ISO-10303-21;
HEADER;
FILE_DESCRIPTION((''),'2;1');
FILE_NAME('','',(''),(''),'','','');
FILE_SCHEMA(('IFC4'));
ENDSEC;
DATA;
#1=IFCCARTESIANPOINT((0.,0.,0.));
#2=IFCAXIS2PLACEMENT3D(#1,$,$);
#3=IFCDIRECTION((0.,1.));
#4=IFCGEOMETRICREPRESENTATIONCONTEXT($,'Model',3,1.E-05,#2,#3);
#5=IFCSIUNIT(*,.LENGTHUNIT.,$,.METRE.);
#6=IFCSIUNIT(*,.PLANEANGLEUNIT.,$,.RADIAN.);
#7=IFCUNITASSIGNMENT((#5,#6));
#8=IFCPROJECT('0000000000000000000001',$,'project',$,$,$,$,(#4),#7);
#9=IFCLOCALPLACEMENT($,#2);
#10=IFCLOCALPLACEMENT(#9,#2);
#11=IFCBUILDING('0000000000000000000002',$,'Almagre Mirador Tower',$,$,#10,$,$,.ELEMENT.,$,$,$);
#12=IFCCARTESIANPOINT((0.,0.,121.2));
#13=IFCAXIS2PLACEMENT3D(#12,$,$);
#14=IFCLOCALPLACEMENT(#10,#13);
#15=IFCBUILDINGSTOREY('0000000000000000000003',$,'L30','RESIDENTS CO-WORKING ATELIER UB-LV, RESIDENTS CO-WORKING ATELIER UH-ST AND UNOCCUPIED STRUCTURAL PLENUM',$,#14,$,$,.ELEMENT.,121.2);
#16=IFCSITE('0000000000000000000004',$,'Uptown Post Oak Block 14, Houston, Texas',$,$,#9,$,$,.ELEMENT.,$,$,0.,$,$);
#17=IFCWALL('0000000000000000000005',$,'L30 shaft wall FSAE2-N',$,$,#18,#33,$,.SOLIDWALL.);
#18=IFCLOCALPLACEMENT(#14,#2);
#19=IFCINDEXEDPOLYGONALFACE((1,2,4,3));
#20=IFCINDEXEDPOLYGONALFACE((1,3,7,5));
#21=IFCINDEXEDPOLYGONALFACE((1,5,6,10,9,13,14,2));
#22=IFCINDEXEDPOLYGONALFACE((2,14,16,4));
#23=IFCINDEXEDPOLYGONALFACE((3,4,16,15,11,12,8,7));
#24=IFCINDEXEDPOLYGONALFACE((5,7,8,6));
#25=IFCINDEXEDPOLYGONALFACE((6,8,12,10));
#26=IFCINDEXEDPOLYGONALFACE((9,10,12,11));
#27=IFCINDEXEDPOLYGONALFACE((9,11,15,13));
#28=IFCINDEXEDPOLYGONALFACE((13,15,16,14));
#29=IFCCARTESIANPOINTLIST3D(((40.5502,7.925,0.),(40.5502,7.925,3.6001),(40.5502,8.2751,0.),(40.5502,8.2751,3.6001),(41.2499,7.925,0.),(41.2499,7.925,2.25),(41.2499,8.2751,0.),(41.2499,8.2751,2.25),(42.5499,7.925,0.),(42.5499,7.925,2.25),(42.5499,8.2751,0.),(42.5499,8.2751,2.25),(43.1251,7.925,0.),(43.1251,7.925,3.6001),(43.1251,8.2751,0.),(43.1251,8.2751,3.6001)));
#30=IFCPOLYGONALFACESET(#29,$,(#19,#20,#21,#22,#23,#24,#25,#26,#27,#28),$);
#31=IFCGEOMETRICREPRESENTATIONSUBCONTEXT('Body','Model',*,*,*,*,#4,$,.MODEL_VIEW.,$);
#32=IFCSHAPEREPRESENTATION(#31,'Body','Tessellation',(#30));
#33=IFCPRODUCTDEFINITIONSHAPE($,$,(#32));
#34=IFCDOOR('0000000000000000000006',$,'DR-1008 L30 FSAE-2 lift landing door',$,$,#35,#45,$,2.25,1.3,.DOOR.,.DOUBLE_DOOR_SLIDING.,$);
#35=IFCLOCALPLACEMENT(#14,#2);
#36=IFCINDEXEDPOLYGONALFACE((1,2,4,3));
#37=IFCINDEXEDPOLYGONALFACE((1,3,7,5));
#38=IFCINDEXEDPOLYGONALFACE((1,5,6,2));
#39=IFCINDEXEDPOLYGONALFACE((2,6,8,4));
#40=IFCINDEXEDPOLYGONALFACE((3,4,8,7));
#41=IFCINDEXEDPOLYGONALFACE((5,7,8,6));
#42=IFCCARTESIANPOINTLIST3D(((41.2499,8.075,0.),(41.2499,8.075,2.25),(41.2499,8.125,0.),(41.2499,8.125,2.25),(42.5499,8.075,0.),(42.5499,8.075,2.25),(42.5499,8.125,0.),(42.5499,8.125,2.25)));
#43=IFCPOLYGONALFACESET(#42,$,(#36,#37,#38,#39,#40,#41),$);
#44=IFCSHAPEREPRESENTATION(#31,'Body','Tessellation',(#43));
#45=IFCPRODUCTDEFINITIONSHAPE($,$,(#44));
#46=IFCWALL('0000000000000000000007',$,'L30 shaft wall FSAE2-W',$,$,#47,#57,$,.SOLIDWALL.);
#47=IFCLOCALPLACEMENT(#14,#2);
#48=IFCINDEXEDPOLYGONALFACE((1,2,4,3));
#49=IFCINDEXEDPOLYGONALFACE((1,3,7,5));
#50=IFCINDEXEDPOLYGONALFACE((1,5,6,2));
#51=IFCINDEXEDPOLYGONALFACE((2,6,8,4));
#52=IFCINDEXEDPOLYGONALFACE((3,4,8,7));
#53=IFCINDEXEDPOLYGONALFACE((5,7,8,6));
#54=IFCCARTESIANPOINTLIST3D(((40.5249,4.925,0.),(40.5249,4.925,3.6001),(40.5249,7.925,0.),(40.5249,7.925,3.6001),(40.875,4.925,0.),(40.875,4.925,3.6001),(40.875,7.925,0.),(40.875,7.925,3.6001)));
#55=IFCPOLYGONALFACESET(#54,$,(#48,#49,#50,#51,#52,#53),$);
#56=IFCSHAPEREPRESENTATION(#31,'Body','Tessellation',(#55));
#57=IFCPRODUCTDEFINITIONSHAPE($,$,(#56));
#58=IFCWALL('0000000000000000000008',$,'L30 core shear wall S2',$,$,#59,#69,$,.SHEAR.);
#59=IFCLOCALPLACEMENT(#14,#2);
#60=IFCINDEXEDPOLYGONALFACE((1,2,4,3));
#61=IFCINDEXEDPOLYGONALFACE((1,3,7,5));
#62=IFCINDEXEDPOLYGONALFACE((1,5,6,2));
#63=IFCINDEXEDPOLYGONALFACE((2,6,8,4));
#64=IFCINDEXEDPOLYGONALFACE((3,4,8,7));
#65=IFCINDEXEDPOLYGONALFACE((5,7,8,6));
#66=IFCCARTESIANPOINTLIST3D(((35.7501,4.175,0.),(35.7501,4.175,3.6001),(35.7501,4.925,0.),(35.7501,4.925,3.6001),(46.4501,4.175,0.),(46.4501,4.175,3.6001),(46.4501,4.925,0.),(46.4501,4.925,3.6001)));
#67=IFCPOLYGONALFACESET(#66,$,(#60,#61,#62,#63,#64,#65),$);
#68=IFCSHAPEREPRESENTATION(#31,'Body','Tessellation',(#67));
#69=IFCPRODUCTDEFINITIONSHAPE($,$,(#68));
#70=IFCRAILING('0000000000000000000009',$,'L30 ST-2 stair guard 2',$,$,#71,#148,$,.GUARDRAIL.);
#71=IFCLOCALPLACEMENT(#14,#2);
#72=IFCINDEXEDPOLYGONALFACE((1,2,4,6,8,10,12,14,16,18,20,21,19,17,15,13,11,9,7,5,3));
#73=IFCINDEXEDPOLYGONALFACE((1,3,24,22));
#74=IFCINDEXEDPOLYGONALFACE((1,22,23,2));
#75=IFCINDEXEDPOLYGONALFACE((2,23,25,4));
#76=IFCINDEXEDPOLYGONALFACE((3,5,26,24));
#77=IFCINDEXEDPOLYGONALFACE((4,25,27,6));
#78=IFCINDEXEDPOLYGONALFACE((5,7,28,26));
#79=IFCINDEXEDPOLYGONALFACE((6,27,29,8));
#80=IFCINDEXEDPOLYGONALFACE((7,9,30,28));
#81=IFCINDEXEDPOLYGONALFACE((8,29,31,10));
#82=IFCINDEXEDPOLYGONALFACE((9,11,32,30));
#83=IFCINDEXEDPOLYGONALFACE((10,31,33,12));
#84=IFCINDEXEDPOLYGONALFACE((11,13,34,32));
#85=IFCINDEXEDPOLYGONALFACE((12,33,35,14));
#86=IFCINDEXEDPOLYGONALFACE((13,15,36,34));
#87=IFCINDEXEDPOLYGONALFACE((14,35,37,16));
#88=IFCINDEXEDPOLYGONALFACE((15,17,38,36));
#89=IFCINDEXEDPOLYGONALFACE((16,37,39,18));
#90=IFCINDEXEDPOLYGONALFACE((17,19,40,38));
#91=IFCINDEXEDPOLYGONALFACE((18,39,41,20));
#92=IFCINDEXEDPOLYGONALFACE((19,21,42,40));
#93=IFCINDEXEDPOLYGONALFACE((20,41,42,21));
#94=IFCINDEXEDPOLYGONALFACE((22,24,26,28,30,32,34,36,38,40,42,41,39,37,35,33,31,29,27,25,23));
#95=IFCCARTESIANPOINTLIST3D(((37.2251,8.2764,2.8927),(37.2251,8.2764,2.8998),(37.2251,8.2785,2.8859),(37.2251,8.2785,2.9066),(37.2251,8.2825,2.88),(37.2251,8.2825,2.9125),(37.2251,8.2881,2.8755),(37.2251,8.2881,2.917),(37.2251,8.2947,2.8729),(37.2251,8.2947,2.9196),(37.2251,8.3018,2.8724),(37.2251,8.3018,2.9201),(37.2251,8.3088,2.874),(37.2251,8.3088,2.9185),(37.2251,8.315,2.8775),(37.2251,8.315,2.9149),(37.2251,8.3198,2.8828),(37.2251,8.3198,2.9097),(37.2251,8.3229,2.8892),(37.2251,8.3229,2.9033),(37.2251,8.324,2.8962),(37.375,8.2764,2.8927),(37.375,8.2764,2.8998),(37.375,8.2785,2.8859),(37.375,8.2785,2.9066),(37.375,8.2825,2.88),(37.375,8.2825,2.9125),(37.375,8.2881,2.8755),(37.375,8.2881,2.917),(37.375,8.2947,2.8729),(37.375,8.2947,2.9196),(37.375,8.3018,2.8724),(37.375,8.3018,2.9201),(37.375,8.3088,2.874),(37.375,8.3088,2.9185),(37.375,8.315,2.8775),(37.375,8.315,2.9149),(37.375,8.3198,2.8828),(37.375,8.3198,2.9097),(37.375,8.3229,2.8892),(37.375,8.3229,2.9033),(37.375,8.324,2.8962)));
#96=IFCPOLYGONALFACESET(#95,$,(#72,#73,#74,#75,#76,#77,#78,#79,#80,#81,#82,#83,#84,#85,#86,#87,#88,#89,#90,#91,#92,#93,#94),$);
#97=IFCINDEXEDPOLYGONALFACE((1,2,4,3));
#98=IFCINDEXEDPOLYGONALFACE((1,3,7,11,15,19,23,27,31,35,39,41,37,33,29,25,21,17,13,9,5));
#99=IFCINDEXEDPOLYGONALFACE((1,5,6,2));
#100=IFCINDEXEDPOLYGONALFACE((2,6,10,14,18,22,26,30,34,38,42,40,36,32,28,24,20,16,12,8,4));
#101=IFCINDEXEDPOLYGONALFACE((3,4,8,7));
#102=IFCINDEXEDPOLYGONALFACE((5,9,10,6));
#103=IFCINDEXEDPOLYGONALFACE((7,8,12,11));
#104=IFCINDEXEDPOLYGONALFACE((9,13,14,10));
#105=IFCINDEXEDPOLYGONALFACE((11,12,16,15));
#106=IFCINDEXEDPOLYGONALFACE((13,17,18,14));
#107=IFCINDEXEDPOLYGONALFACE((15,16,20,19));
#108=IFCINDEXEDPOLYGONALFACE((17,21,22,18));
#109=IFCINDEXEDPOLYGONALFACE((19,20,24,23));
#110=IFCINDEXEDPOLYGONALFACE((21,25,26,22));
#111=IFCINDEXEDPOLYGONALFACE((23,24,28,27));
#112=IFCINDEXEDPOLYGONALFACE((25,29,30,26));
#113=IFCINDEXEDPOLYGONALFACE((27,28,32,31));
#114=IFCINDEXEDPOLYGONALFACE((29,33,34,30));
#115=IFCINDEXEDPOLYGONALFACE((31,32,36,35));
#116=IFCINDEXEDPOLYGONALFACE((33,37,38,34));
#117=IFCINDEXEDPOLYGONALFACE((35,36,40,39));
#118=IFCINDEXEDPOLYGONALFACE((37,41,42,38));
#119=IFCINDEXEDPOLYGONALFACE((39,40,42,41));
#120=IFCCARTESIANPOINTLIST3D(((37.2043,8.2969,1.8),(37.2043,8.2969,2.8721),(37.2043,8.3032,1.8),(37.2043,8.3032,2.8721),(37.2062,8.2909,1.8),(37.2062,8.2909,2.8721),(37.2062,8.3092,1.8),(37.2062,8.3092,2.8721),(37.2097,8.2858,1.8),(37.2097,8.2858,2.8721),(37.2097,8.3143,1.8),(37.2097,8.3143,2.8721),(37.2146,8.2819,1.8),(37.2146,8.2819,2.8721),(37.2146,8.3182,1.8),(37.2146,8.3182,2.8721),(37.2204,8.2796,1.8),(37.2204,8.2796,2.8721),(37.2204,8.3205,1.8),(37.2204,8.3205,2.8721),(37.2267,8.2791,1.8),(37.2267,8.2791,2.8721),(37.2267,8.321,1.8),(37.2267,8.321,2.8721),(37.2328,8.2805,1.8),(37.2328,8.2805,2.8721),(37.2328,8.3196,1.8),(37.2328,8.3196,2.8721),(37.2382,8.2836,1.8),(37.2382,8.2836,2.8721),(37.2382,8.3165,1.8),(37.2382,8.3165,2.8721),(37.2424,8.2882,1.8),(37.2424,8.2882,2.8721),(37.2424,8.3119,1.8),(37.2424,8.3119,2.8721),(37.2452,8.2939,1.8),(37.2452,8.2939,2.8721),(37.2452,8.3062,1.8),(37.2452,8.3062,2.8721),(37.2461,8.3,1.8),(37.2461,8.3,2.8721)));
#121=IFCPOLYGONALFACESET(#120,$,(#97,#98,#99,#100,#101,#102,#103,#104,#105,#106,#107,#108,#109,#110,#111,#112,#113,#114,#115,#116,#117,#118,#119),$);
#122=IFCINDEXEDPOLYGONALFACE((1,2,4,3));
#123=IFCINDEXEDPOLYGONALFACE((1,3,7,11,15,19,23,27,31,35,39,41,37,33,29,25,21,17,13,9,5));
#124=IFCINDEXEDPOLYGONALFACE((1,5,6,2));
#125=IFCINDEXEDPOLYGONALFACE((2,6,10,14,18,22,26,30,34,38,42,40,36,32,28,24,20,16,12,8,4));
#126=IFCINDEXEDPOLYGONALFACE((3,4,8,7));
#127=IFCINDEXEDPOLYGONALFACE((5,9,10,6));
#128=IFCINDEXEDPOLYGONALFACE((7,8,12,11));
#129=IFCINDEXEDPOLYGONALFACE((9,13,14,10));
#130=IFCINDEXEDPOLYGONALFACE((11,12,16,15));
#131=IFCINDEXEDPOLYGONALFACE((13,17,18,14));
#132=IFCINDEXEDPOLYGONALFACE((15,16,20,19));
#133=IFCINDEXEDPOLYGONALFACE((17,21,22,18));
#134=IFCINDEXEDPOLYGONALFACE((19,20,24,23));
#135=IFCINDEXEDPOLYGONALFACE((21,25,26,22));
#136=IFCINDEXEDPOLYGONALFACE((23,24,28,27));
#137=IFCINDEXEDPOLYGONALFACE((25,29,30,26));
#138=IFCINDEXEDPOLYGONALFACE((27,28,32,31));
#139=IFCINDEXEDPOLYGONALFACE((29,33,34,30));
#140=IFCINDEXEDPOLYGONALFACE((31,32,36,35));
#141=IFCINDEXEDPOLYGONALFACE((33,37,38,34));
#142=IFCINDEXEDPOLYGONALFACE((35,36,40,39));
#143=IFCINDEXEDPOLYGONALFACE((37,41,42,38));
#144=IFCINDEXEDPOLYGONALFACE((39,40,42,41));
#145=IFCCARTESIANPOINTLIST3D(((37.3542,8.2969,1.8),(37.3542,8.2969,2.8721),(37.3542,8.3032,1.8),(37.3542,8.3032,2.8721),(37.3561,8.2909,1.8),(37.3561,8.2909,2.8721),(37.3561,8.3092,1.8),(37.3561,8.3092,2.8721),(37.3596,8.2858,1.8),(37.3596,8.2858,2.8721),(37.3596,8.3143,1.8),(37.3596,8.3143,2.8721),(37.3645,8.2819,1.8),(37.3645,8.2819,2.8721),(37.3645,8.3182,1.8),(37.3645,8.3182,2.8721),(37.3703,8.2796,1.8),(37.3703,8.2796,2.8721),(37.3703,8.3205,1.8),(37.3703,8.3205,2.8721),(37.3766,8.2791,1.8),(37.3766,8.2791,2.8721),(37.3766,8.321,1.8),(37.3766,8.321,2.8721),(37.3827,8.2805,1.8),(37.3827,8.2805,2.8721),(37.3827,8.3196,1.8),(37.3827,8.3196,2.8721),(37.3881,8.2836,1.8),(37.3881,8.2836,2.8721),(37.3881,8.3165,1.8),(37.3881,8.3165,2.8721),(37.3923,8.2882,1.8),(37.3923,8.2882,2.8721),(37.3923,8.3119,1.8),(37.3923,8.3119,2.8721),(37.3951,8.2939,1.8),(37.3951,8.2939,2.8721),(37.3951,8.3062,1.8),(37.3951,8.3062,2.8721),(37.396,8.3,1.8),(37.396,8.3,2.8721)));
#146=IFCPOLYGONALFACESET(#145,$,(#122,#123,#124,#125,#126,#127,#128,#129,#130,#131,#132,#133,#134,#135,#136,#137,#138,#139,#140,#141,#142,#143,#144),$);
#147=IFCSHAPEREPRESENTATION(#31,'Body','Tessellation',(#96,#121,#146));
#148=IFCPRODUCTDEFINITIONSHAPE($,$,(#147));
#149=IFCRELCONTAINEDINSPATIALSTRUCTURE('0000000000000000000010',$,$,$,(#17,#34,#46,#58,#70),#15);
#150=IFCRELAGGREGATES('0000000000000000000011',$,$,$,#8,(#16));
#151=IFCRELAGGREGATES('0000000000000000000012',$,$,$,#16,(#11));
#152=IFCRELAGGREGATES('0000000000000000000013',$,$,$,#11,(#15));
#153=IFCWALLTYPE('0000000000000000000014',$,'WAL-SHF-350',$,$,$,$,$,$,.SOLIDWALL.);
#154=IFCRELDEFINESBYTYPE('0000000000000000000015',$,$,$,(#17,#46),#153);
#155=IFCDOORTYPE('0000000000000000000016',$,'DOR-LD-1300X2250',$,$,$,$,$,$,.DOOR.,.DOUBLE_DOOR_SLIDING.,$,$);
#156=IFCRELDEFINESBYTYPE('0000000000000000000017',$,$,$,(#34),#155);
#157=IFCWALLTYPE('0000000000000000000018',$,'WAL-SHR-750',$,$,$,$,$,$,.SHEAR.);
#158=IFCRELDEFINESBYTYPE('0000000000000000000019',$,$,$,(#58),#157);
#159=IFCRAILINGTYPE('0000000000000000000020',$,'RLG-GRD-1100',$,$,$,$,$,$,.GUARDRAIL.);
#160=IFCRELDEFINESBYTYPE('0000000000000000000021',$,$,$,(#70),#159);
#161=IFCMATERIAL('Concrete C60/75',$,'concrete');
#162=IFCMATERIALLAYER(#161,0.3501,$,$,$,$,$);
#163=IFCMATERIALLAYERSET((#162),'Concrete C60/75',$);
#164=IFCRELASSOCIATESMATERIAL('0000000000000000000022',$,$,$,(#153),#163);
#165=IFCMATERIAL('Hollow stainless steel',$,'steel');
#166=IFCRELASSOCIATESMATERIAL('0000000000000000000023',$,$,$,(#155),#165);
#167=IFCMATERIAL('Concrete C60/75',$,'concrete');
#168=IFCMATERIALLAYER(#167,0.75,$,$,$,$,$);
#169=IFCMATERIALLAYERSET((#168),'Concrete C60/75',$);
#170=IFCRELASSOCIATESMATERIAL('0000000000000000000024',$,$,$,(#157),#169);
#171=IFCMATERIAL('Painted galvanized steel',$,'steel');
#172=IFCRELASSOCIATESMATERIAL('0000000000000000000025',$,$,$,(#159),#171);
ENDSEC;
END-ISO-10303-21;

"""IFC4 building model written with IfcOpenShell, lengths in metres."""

from ifc_helpers import new_model, si_unit, direction, frame, frame_2d, origin, origin_2d, place, context, subcontext, project, spatial, rectangle, circle, extrude, material, layer, layer_set, type_object, element, fill, save


model = new_model("IFC4")

# Units and contexts
model_context = context("Model", 3, precision=1e-05, world=origin(), true_north=direction((0.0, 1.0)))
body_context = subcontext(model_context, "Body", "Model", "MODEL_VIEW")
ifc_project = project(units=[si_unit("LENGTHUNIT", "METRE"), si_unit("PLANEANGLEUNIT", "RADIAN")], contexts=[model_context])

# Site, building, storey
site_placement = place(None, origin())
site = spatial("IfcSite", under=ifc_project, at=site_placement, Name="Uptown Post Oak Block 14, Houston, Texas", CompositionType="ELEMENT", RefElevation=0.0)
building_placement = place(site_placement, origin())
building = spatial("IfcBuilding", under=site, at=building_placement, Name="Almagre Mirador Tower", CompositionType="ELEMENT")
storey_placement = place(building_placement, frame((0.0, 0.0, 121.2)))
storey = spatial("IfcBuildingStorey", under=building, at=storey_placement, Name="L30", Description="RESIDENTS CO-WORKING ATELIER UB-LV, RESIDENTS CO-WORKING ATELIER UH-ST AND UNOCCUPIED STRUCTURAL PLENUM", CompositionType="ELEMENT", Elevation=121.2)

# Shared definitions
ifc_material_1 = material(Name="Concrete C60/75", Category="concrete")
ifc_layer_1 = layer(ifc_material_1, 0.3501)
ifc_layer_set_1 = layer_set([ifc_layer_1], Name="Concrete C60/75")
wall_type_1 = type_object("IfcWallType", Name="WAL-SHF-350", PredefinedType="SOLIDWALL", material=ifc_layer_set_1)

# Wall, opening, door
wall_1_placement = place(storey_placement, frame((40.55, 8.1001, 0.0), z_axis=(0.0, 0.0, 1.0), x_axis=(1.0, 0.0, 0.0)))
wall_1 = element("IfcWall", 1, at=wall_1_placement, inside=storey, type_object=wall_type_1, Name="L30 shaft wall FSAE2-N", PredefinedType="SOLIDWALL", context=body_context, shape_type="SweptSolid", body=[
    extrude(rectangle(XDim=2.575, YDim=0.3501, at=frame_2d((1.2876, 0.0))), origin(), (0.0, 0.0, 1.0), 3.6001),
])
opening_1_placement = place(wall_1_placement, frame((0.7, 0.0, 0.0)))
opening_1 = element("IfcOpeningElement", 2, at=opening_1_placement, cuts=wall_1, PredefinedType="OPENING", context=body_context, shape_type="SweptSolid", body=[
    extrude(rectangle(XDim=1.3, YDim=2.25, at=frame_2d((0.6499, 1.125))), frame((0.0, 0.185, 0.0), z_axis=(0.0, -1.0, 0.0), x_axis=(1.0, 0.0, 0.0)), (0.0, 0.0, 1.0), 0.3701),
])
ifc_material_2 = material(Name="Hollow stainless steel", Category="steel")
door_type_1 = type_object("IfcDoorType", Name="DOR-LD-1300X2250", OperationType="DOUBLE_DOOR_SLIDING", PredefinedType="DOOR", material=ifc_material_2)
door_1_placement = place(opening_1_placement, origin())
door_1 = element("IfcDoor", 3, at=door_1_placement, inside=storey, type_object=door_type_1, Name="DR-1008 L30 FSAE-2 lift landing door", OperationType="DOUBLE_DOOR_SLIDING", OverallHeight=2.25, OverallWidth=1.3, PredefinedType="DOOR", context=body_context, shape_type="SweptSolid", body=[
    extrude(rectangle(XDim=1.3, YDim=2.25, at=frame_2d((0.6499, 1.125))), frame((0.0, 0.0249, 0.0), z_axis=(0.0, -1.0, 0.0), x_axis=(1.0, 0.0, 0.0)), (0.0, 0.0, 1.0), 0.05),
])
fill(opening_1, door_1)

# Walls
wall_2_placement = place(storey_placement, frame((40.7, 4.925, 0.0), z_axis=(0.0, 0.0, 1.0), x_axis=(0.0, 1.0, 0.0)))
element("IfcWall", 4, at=wall_2_placement, inside=storey, type_object=wall_type_1, Name="L30 shaft wall FSAE2-W", PredefinedType="SOLIDWALL", context=body_context, shape_type="SweptSolid", body=[
    extrude(rectangle(XDim=3.0, YDim=0.3501, at=frame_2d((1.5, 0.0))), origin(), (0.0, 0.0, 1.0), 3.6001),
])
ifc_material_3 = material(Name="Concrete C60/75", Category="concrete")
ifc_layer_2 = layer(ifc_material_3, 0.75)
ifc_layer_set_2 = layer_set([ifc_layer_2], Name="Concrete C60/75")
wall_type_2 = type_object("IfcWallType", Name="WAL-SHR-750", PredefinedType="SHEAR", material=ifc_layer_set_2)
wall_3_placement = place(storey_placement, frame((35.75, 4.55, 0.0), z_axis=(0.0, 0.0, 1.0), x_axis=(1.0, 0.0, 0.0)))
element("IfcWall", 5, at=wall_3_placement, inside=storey, type_object=wall_type_2, Name="L30 core shear wall S2", PredefinedType="SHEAR", context=body_context, shape_type="SweptSolid", body=[
    extrude(rectangle(XDim=10.7, YDim=0.75, at=frame_2d((5.3501, 0.0))), origin(), (0.0, 0.0, 1.0), 3.6001),
])

# Railing
ifc_material_4 = material(Name="Painted galvanized steel", Category="steel")
railing_type = type_object("IfcRailingType", Name="RLG-GRD-1100", PredefinedType="GUARDRAIL", material=ifc_material_4)
railing_1_placement = place(storey_placement, frame((37.2251, 8.3, 1.8)))
element("IfcRailing", 6, at=railing_1_placement, inside=storey, type_object=railing_type, Name="L30 ST-2 stair guard 2", PredefinedType="GUARDRAIL", context=body_context, shape_type="SweptSolid", body=[
    extrude(circle(Radius=0.0239, at=origin_2d()), frame((0.0, 0.0, 1.0962), z_axis=(1.0, 0.0, 0.0), x_axis=(0.0, 1.0, 0.0)), (0.0, 0.0, 1.0), 0.1499),
    extrude(circle(Radius=0.021, at=origin_2d()), origin(), (0.0, 0.0, 1.0), 1.072),
    extrude(circle(Radius=0.021, at=origin_2d()), frame((0.1499, 0.0, 0.0)), (0.0, 0.0, 1.0), 1.072),
])

save(model, "model.ifc")
